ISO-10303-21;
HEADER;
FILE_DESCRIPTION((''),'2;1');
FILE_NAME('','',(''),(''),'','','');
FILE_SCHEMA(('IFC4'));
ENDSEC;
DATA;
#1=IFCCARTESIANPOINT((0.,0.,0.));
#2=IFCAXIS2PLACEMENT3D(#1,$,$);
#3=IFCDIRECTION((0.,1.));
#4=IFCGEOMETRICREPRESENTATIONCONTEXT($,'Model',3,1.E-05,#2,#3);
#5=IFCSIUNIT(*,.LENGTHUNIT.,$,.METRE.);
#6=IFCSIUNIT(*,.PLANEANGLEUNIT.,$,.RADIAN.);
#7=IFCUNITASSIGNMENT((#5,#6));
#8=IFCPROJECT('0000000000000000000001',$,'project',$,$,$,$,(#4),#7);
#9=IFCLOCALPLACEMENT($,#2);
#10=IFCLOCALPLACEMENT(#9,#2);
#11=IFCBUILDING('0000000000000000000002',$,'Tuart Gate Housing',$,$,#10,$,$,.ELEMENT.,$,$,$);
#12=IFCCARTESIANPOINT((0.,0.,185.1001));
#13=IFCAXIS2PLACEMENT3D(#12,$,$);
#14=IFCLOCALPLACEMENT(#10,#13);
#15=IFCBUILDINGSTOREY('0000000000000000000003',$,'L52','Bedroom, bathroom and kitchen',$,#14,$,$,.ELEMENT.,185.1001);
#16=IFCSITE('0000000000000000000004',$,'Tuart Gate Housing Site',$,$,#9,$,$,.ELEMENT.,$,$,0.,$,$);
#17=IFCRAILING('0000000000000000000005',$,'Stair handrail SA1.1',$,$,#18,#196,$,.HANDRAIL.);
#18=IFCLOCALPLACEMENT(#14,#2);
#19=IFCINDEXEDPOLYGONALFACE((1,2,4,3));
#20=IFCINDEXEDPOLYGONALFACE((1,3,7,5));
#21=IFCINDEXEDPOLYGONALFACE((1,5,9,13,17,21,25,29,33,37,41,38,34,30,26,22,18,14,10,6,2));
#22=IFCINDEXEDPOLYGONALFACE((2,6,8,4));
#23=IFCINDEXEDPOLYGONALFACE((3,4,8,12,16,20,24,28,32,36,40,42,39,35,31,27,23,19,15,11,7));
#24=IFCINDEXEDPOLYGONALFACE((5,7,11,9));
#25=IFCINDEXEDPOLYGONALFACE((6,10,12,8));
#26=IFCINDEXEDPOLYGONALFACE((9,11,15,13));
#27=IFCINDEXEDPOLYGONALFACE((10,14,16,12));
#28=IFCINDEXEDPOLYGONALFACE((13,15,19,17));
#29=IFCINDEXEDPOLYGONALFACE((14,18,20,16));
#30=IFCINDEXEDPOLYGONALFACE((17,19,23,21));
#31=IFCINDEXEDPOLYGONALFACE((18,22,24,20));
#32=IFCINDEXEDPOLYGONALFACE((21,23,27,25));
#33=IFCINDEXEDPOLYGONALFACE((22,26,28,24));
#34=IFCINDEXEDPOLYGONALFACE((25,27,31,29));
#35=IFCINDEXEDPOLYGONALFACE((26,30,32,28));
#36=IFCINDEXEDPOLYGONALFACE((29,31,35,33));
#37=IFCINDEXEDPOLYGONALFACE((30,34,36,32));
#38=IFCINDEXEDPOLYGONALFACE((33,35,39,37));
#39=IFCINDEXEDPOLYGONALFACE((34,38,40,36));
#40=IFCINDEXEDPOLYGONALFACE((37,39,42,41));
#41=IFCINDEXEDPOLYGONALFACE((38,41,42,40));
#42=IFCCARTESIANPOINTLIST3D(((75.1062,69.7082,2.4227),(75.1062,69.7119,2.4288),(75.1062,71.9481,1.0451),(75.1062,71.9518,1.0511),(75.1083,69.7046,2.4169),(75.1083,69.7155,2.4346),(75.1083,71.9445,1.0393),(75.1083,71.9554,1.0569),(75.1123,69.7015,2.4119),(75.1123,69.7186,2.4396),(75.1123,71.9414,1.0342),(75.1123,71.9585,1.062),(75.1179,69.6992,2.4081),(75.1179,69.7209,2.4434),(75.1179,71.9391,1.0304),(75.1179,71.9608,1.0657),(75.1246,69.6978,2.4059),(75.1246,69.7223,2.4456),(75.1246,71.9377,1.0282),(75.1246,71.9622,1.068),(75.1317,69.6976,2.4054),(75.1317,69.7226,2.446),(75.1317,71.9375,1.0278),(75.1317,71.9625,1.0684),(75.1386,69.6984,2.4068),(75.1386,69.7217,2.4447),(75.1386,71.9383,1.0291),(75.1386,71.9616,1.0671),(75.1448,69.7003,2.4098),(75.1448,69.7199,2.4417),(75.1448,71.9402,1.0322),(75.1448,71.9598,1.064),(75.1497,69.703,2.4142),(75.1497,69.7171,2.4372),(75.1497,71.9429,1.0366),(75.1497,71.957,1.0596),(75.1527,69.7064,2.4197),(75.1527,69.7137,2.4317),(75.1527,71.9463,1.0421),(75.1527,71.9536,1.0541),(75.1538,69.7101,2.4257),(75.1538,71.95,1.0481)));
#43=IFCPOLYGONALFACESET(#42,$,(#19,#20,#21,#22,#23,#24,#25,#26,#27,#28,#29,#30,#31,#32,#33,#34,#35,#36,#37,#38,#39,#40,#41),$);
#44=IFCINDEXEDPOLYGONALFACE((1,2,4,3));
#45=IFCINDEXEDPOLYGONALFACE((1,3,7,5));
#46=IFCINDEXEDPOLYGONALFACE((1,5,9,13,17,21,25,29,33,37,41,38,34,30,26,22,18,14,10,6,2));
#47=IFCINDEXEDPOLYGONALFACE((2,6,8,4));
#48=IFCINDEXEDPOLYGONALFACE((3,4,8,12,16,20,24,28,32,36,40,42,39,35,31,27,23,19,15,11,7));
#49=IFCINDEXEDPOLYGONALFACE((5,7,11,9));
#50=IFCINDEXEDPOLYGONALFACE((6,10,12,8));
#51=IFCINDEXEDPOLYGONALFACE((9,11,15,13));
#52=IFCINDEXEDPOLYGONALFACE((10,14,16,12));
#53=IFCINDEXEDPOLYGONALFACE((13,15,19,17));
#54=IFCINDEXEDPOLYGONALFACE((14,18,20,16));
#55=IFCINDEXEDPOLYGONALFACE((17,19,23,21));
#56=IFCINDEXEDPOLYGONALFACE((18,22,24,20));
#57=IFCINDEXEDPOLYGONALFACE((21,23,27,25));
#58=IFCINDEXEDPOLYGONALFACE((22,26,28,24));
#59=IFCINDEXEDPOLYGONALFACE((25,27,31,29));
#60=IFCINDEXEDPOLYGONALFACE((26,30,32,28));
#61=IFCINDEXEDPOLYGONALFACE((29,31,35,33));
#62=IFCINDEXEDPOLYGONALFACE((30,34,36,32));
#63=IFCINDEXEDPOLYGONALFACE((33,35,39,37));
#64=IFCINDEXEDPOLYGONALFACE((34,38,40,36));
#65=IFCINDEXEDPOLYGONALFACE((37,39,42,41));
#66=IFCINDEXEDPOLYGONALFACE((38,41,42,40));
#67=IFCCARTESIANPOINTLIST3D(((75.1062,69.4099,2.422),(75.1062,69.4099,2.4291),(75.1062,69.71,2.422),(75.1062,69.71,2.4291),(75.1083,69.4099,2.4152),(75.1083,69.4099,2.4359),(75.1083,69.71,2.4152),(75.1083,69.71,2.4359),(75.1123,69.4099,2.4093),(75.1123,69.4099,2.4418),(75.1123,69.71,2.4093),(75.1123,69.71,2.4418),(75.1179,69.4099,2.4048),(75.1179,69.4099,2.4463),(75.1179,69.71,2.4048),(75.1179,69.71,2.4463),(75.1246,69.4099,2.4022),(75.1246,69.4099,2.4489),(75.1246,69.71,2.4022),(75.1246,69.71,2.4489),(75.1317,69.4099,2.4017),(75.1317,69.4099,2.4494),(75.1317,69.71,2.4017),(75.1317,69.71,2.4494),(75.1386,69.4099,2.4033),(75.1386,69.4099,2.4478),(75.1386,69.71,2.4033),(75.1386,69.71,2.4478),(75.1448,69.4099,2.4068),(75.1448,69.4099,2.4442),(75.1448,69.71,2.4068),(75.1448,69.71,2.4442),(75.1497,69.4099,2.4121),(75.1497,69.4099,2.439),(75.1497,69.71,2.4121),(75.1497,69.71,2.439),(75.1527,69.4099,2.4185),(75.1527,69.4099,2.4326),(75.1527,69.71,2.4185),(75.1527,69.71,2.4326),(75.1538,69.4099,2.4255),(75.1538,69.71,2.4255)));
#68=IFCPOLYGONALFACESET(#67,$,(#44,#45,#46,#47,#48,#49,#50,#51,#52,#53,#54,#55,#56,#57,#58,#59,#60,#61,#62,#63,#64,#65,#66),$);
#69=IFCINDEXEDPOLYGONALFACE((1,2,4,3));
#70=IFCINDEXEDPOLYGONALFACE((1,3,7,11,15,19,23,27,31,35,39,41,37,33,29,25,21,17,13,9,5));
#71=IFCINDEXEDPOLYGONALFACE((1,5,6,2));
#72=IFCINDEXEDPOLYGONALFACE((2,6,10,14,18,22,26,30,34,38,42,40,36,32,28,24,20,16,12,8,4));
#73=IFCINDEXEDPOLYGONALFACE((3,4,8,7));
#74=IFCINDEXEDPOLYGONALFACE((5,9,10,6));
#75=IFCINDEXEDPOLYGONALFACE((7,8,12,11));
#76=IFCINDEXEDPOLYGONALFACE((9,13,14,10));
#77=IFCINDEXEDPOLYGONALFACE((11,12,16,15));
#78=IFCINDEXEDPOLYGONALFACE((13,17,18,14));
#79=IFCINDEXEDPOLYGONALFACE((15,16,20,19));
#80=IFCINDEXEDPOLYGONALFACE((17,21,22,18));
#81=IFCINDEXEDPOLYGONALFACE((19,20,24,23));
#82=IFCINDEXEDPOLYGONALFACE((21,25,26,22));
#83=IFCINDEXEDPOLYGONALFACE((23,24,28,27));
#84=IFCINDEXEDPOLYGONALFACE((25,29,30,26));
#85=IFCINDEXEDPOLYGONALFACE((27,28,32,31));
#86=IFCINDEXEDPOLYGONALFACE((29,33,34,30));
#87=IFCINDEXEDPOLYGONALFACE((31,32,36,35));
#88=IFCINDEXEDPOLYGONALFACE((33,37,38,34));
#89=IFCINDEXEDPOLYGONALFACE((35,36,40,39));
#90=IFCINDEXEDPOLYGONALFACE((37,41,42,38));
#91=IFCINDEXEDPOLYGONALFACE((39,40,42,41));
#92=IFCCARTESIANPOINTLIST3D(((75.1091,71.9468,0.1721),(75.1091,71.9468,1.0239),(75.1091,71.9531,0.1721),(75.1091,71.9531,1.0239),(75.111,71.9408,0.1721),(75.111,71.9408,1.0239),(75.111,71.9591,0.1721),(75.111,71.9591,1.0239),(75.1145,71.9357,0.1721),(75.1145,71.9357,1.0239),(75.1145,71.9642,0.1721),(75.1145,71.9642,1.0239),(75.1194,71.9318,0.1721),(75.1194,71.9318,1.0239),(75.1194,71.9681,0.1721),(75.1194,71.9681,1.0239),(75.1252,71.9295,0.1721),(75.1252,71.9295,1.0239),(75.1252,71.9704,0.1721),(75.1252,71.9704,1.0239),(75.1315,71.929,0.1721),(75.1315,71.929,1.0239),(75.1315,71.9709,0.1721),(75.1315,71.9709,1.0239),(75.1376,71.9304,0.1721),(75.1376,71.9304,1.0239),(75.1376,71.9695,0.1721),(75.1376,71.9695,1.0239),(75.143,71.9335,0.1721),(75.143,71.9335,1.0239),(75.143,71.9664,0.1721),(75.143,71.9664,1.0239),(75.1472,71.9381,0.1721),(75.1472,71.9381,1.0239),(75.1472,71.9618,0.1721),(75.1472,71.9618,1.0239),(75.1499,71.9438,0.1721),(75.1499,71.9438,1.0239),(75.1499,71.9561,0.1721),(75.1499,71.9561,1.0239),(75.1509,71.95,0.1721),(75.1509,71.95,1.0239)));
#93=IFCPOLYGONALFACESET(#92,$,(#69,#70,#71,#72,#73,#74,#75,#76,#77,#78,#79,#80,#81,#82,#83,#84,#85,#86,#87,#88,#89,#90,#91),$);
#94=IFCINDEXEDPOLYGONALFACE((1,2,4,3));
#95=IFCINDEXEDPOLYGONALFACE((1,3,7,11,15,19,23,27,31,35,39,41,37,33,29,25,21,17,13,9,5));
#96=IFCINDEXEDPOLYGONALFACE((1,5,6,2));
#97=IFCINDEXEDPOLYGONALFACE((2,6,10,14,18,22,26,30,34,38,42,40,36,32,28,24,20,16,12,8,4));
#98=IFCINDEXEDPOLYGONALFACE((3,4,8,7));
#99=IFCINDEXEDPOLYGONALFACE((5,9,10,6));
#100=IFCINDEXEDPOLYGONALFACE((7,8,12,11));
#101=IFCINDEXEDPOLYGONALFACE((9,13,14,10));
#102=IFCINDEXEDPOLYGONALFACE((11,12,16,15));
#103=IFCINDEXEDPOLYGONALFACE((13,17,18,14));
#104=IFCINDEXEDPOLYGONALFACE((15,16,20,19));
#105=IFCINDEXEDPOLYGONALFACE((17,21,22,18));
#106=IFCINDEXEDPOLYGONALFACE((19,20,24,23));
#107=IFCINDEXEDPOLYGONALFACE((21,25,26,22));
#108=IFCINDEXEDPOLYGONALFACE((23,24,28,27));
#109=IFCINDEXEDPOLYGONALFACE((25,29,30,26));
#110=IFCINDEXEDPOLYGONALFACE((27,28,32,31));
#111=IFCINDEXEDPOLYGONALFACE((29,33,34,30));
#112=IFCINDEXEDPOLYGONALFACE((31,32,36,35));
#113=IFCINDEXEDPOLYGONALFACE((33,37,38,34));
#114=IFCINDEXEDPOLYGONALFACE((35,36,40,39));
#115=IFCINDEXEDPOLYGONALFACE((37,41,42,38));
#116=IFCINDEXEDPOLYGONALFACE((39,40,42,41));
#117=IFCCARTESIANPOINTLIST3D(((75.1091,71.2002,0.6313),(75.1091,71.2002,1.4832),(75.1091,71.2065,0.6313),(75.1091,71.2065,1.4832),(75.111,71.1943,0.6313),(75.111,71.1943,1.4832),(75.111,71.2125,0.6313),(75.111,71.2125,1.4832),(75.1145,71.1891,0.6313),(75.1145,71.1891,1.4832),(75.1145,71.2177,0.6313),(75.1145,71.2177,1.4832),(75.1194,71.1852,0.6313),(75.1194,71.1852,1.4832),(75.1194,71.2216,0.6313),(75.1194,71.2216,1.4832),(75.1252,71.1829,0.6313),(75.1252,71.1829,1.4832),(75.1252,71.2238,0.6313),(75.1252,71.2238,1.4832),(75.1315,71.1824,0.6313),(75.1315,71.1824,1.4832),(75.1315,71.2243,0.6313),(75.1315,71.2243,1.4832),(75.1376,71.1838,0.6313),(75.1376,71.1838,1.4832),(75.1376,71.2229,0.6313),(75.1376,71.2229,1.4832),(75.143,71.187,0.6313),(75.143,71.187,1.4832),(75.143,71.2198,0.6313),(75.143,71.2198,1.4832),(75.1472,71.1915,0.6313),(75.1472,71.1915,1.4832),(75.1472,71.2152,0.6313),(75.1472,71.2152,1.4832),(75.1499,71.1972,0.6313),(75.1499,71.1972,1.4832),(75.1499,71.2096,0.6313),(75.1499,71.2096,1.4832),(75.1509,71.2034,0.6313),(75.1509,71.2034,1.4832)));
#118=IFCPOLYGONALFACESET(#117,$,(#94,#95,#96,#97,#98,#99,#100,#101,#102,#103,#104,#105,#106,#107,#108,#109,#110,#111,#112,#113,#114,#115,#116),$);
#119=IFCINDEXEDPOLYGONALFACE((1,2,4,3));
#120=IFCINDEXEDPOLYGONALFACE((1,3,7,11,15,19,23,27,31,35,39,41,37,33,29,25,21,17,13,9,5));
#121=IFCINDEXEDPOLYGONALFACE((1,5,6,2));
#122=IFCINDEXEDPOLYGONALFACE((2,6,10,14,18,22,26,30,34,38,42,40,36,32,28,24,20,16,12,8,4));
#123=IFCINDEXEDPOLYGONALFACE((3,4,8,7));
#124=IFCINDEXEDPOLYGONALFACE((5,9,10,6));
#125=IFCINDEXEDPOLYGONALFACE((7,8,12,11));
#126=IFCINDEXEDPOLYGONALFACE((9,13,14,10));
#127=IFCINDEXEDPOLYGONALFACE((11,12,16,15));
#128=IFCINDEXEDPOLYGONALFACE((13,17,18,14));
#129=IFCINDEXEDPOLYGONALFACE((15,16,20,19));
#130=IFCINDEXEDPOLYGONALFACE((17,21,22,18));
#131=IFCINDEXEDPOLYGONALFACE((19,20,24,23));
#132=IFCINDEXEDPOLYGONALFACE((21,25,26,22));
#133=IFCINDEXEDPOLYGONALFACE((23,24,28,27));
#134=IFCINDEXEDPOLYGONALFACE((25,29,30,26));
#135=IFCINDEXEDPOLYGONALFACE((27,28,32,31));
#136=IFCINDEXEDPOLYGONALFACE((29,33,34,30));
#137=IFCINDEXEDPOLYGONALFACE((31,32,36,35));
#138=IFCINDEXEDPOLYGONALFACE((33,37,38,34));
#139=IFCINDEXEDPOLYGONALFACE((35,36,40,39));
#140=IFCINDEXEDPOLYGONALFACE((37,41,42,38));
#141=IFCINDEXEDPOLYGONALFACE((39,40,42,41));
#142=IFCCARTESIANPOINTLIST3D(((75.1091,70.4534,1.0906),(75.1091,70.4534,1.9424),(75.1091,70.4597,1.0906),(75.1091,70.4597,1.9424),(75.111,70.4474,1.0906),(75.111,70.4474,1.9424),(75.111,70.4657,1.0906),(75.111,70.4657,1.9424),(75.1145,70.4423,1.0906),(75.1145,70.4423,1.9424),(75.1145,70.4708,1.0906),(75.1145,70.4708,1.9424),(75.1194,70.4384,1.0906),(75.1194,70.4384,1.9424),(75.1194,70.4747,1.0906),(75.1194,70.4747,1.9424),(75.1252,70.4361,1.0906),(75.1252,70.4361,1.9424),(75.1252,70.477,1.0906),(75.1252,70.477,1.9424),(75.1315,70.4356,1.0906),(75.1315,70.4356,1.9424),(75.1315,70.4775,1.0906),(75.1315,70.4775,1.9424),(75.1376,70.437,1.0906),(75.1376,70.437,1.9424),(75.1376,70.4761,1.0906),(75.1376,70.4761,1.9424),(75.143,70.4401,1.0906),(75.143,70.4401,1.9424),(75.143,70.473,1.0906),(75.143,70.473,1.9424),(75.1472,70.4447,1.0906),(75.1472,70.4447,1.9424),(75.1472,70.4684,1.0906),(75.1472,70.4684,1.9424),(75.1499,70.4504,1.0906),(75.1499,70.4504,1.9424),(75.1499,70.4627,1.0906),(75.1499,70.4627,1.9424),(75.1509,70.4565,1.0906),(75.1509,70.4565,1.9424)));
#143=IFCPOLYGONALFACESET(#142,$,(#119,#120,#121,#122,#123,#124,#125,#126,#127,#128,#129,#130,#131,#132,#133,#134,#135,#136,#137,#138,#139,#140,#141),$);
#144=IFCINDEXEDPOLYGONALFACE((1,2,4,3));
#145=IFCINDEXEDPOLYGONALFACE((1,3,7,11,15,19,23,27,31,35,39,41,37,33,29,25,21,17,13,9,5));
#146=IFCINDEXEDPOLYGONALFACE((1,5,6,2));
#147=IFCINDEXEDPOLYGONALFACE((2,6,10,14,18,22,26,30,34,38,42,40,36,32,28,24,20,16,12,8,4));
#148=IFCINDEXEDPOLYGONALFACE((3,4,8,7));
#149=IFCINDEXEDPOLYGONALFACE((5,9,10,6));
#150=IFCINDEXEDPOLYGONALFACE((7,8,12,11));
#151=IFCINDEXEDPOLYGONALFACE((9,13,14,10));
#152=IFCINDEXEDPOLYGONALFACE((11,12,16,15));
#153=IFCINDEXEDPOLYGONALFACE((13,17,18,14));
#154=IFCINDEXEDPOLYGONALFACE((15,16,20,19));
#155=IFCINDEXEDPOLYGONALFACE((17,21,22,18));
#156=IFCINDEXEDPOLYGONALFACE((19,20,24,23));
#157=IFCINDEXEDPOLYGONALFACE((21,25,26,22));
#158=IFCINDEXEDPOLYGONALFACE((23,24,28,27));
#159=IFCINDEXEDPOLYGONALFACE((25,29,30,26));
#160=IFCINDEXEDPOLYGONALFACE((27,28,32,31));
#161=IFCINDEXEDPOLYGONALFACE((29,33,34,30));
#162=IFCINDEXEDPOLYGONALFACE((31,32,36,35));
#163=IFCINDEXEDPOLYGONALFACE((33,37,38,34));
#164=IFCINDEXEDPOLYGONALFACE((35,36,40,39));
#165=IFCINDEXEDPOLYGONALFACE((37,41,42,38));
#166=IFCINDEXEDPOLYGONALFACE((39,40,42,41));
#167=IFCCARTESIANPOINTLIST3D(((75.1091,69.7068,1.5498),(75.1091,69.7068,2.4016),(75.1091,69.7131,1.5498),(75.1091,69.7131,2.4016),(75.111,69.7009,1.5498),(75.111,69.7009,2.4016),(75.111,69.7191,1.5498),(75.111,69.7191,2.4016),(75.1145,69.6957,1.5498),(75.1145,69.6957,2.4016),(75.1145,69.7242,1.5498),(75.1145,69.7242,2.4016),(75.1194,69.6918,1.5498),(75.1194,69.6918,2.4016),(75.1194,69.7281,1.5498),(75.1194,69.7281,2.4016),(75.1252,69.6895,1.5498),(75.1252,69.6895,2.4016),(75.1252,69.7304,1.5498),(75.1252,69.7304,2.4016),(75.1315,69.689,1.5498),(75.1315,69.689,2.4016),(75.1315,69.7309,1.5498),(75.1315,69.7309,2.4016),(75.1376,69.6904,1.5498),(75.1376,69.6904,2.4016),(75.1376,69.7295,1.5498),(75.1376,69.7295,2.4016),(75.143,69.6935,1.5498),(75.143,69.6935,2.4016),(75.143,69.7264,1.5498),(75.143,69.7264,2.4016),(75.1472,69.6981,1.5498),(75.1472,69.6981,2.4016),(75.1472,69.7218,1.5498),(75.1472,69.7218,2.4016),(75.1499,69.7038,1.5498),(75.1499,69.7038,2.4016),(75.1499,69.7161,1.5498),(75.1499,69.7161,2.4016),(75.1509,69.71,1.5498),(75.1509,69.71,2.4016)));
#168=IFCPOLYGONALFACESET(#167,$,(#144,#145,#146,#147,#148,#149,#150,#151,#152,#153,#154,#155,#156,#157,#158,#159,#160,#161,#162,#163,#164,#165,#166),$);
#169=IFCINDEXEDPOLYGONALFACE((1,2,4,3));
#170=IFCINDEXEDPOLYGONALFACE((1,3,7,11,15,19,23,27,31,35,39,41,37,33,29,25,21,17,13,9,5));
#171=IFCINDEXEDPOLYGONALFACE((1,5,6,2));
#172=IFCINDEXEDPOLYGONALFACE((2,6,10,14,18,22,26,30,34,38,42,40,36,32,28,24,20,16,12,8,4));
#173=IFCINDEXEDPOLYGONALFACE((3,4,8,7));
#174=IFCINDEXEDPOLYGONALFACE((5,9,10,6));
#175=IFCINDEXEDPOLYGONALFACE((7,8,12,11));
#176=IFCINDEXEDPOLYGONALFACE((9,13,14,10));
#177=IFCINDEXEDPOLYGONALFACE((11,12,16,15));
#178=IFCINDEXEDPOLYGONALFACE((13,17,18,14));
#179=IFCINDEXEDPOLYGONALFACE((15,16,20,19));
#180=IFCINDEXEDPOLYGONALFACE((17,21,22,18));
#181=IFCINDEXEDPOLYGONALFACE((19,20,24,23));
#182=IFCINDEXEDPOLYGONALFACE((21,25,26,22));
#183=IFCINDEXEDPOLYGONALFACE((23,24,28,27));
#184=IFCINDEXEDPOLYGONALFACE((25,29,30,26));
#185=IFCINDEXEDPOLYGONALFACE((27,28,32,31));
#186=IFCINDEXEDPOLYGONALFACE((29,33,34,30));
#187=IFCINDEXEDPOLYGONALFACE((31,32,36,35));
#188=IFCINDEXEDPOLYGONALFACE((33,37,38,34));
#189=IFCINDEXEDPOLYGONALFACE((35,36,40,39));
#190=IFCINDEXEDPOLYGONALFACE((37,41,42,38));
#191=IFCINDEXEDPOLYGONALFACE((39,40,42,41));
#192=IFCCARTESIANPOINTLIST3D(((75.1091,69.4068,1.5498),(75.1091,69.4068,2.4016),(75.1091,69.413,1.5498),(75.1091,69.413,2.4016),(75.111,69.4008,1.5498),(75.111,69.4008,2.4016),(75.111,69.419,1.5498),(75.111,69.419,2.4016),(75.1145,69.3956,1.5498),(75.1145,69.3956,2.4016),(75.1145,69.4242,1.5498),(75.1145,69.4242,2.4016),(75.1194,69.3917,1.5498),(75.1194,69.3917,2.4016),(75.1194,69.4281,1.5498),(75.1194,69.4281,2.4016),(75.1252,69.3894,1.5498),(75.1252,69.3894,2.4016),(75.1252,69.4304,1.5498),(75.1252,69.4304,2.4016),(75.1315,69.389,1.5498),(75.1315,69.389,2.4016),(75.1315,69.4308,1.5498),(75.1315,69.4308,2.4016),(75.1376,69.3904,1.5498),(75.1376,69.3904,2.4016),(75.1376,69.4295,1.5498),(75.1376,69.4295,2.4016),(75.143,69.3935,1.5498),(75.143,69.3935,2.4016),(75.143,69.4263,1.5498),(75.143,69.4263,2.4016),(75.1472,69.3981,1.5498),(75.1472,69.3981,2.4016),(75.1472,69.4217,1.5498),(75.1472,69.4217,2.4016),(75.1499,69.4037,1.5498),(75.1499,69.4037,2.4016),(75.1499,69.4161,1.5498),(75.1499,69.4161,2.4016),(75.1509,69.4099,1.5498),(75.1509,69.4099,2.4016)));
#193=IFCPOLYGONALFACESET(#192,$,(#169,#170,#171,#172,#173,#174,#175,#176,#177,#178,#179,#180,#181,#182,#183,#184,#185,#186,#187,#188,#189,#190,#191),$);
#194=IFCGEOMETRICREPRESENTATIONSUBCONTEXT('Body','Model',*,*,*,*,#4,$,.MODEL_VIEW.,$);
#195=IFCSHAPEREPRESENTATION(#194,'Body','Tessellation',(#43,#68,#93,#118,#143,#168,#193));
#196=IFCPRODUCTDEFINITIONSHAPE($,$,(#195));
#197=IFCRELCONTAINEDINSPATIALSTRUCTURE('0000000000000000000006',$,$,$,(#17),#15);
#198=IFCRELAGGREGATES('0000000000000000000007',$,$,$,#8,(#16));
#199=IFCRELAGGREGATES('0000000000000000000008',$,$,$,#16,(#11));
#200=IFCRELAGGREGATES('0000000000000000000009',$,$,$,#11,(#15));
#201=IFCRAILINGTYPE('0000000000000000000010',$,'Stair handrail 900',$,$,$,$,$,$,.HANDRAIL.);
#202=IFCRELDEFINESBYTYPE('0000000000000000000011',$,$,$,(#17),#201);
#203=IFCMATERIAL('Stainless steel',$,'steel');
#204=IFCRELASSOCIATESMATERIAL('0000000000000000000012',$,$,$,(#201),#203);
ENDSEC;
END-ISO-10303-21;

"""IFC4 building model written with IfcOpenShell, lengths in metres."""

from ifc_helpers import new_model, si_unit, direction, frame, origin, origin_2d, place, context, subcontext, project, spatial, circle, extrude, material, type_object, element, save


model = new_model("IFC4")

# Units and contexts
model_context = context("Model", 3, precision=1e-05, world=origin(), true_north=direction((0.0, 1.0)))
body_context = subcontext(model_context, "Body", "Model", "MODEL_VIEW")
ifc_project = project(units=[si_unit("LENGTHUNIT", "METRE"), si_unit("PLANEANGLEUNIT", "RADIAN")], contexts=[model_context])

# Site, building, storey
site_placement = place(None, origin())
site = spatial("IfcSite", under=ifc_project, at=site_placement, Name="Tuart Gate Housing Site", CompositionType="ELEMENT", RefElevation=0.0)
building_placement = place(site_placement, origin())
building = spatial("IfcBuilding", under=site, at=building_placement, Name="Tuart Gate Housing", CompositionType="ELEMENT")
storey_placement = place(building_placement, frame((0.0, 0.0, 185.1001)))
storey = spatial("IfcBuildingStorey", under=building, at=storey_placement, Name="L52", Description="Bedroom, bathroom and kitchen", CompositionType="ELEMENT", Elevation=185.1001)

# Railing
ifc_material_1 = material(Name="Stainless steel", Category="steel")
railing_type = type_object("IfcRailingType", Name="Stair handrail 900", PredefinedType="HANDRAIL", material=ifc_material_1)
railing_placement = place(storey_placement, frame((75.1299, 71.95, 0.1721)))
element("IfcRailing", 1, at=railing_placement, inside=storey, type_object=railing_type, Name="Stair handrail SA1.1", PredefinedType="HANDRAIL", context=body_context, shape_type="SweptSolid", body=[
    extrude(circle(Radius=0.0239, at=origin_2d()), frame((0.0, 0.0, 0.876), z_axis=(0.0, -0.851789, 0.523885), x_axis=(1.0, 0.0, 0.0)), (0.0, 0.0, 1.0), 2.6296),
    extrude(circle(Radius=0.0239, at=origin_2d()), frame((0.0, -2.24, 2.2534), z_axis=(0.0, -1.0, 0.0), x_axis=(1.0, 0.0, 0.0)), (0.0, 0.0, 1.0), 0.3),
    extrude(circle(Radius=0.021, at=origin_2d()), origin(), (0.0, 0.0, 1.0), 0.8518),
    extrude(circle(Radius=0.021, at=origin_2d()), frame((0.0, -0.7466, 0.4592)), (0.0, 0.0, 1.0), 0.8518),
    extrude(circle(Radius=0.021, at=origin_2d()), frame((0.0, -1.4934, 0.9185)), (0.0, 0.0, 1.0), 0.8518),
    extrude(circle(Radius=0.021, at=origin_2d()), frame((0.0, -2.24, 1.3777)), (0.0, 0.0, 1.0), 0.8518),
    extrude(circle(Radius=0.021, at=origin_2d()), frame((0.0, -2.54, 1.3777)), (0.0, 0.0, 1.0), 0.8518),
])

save(model, "model.ifc")
